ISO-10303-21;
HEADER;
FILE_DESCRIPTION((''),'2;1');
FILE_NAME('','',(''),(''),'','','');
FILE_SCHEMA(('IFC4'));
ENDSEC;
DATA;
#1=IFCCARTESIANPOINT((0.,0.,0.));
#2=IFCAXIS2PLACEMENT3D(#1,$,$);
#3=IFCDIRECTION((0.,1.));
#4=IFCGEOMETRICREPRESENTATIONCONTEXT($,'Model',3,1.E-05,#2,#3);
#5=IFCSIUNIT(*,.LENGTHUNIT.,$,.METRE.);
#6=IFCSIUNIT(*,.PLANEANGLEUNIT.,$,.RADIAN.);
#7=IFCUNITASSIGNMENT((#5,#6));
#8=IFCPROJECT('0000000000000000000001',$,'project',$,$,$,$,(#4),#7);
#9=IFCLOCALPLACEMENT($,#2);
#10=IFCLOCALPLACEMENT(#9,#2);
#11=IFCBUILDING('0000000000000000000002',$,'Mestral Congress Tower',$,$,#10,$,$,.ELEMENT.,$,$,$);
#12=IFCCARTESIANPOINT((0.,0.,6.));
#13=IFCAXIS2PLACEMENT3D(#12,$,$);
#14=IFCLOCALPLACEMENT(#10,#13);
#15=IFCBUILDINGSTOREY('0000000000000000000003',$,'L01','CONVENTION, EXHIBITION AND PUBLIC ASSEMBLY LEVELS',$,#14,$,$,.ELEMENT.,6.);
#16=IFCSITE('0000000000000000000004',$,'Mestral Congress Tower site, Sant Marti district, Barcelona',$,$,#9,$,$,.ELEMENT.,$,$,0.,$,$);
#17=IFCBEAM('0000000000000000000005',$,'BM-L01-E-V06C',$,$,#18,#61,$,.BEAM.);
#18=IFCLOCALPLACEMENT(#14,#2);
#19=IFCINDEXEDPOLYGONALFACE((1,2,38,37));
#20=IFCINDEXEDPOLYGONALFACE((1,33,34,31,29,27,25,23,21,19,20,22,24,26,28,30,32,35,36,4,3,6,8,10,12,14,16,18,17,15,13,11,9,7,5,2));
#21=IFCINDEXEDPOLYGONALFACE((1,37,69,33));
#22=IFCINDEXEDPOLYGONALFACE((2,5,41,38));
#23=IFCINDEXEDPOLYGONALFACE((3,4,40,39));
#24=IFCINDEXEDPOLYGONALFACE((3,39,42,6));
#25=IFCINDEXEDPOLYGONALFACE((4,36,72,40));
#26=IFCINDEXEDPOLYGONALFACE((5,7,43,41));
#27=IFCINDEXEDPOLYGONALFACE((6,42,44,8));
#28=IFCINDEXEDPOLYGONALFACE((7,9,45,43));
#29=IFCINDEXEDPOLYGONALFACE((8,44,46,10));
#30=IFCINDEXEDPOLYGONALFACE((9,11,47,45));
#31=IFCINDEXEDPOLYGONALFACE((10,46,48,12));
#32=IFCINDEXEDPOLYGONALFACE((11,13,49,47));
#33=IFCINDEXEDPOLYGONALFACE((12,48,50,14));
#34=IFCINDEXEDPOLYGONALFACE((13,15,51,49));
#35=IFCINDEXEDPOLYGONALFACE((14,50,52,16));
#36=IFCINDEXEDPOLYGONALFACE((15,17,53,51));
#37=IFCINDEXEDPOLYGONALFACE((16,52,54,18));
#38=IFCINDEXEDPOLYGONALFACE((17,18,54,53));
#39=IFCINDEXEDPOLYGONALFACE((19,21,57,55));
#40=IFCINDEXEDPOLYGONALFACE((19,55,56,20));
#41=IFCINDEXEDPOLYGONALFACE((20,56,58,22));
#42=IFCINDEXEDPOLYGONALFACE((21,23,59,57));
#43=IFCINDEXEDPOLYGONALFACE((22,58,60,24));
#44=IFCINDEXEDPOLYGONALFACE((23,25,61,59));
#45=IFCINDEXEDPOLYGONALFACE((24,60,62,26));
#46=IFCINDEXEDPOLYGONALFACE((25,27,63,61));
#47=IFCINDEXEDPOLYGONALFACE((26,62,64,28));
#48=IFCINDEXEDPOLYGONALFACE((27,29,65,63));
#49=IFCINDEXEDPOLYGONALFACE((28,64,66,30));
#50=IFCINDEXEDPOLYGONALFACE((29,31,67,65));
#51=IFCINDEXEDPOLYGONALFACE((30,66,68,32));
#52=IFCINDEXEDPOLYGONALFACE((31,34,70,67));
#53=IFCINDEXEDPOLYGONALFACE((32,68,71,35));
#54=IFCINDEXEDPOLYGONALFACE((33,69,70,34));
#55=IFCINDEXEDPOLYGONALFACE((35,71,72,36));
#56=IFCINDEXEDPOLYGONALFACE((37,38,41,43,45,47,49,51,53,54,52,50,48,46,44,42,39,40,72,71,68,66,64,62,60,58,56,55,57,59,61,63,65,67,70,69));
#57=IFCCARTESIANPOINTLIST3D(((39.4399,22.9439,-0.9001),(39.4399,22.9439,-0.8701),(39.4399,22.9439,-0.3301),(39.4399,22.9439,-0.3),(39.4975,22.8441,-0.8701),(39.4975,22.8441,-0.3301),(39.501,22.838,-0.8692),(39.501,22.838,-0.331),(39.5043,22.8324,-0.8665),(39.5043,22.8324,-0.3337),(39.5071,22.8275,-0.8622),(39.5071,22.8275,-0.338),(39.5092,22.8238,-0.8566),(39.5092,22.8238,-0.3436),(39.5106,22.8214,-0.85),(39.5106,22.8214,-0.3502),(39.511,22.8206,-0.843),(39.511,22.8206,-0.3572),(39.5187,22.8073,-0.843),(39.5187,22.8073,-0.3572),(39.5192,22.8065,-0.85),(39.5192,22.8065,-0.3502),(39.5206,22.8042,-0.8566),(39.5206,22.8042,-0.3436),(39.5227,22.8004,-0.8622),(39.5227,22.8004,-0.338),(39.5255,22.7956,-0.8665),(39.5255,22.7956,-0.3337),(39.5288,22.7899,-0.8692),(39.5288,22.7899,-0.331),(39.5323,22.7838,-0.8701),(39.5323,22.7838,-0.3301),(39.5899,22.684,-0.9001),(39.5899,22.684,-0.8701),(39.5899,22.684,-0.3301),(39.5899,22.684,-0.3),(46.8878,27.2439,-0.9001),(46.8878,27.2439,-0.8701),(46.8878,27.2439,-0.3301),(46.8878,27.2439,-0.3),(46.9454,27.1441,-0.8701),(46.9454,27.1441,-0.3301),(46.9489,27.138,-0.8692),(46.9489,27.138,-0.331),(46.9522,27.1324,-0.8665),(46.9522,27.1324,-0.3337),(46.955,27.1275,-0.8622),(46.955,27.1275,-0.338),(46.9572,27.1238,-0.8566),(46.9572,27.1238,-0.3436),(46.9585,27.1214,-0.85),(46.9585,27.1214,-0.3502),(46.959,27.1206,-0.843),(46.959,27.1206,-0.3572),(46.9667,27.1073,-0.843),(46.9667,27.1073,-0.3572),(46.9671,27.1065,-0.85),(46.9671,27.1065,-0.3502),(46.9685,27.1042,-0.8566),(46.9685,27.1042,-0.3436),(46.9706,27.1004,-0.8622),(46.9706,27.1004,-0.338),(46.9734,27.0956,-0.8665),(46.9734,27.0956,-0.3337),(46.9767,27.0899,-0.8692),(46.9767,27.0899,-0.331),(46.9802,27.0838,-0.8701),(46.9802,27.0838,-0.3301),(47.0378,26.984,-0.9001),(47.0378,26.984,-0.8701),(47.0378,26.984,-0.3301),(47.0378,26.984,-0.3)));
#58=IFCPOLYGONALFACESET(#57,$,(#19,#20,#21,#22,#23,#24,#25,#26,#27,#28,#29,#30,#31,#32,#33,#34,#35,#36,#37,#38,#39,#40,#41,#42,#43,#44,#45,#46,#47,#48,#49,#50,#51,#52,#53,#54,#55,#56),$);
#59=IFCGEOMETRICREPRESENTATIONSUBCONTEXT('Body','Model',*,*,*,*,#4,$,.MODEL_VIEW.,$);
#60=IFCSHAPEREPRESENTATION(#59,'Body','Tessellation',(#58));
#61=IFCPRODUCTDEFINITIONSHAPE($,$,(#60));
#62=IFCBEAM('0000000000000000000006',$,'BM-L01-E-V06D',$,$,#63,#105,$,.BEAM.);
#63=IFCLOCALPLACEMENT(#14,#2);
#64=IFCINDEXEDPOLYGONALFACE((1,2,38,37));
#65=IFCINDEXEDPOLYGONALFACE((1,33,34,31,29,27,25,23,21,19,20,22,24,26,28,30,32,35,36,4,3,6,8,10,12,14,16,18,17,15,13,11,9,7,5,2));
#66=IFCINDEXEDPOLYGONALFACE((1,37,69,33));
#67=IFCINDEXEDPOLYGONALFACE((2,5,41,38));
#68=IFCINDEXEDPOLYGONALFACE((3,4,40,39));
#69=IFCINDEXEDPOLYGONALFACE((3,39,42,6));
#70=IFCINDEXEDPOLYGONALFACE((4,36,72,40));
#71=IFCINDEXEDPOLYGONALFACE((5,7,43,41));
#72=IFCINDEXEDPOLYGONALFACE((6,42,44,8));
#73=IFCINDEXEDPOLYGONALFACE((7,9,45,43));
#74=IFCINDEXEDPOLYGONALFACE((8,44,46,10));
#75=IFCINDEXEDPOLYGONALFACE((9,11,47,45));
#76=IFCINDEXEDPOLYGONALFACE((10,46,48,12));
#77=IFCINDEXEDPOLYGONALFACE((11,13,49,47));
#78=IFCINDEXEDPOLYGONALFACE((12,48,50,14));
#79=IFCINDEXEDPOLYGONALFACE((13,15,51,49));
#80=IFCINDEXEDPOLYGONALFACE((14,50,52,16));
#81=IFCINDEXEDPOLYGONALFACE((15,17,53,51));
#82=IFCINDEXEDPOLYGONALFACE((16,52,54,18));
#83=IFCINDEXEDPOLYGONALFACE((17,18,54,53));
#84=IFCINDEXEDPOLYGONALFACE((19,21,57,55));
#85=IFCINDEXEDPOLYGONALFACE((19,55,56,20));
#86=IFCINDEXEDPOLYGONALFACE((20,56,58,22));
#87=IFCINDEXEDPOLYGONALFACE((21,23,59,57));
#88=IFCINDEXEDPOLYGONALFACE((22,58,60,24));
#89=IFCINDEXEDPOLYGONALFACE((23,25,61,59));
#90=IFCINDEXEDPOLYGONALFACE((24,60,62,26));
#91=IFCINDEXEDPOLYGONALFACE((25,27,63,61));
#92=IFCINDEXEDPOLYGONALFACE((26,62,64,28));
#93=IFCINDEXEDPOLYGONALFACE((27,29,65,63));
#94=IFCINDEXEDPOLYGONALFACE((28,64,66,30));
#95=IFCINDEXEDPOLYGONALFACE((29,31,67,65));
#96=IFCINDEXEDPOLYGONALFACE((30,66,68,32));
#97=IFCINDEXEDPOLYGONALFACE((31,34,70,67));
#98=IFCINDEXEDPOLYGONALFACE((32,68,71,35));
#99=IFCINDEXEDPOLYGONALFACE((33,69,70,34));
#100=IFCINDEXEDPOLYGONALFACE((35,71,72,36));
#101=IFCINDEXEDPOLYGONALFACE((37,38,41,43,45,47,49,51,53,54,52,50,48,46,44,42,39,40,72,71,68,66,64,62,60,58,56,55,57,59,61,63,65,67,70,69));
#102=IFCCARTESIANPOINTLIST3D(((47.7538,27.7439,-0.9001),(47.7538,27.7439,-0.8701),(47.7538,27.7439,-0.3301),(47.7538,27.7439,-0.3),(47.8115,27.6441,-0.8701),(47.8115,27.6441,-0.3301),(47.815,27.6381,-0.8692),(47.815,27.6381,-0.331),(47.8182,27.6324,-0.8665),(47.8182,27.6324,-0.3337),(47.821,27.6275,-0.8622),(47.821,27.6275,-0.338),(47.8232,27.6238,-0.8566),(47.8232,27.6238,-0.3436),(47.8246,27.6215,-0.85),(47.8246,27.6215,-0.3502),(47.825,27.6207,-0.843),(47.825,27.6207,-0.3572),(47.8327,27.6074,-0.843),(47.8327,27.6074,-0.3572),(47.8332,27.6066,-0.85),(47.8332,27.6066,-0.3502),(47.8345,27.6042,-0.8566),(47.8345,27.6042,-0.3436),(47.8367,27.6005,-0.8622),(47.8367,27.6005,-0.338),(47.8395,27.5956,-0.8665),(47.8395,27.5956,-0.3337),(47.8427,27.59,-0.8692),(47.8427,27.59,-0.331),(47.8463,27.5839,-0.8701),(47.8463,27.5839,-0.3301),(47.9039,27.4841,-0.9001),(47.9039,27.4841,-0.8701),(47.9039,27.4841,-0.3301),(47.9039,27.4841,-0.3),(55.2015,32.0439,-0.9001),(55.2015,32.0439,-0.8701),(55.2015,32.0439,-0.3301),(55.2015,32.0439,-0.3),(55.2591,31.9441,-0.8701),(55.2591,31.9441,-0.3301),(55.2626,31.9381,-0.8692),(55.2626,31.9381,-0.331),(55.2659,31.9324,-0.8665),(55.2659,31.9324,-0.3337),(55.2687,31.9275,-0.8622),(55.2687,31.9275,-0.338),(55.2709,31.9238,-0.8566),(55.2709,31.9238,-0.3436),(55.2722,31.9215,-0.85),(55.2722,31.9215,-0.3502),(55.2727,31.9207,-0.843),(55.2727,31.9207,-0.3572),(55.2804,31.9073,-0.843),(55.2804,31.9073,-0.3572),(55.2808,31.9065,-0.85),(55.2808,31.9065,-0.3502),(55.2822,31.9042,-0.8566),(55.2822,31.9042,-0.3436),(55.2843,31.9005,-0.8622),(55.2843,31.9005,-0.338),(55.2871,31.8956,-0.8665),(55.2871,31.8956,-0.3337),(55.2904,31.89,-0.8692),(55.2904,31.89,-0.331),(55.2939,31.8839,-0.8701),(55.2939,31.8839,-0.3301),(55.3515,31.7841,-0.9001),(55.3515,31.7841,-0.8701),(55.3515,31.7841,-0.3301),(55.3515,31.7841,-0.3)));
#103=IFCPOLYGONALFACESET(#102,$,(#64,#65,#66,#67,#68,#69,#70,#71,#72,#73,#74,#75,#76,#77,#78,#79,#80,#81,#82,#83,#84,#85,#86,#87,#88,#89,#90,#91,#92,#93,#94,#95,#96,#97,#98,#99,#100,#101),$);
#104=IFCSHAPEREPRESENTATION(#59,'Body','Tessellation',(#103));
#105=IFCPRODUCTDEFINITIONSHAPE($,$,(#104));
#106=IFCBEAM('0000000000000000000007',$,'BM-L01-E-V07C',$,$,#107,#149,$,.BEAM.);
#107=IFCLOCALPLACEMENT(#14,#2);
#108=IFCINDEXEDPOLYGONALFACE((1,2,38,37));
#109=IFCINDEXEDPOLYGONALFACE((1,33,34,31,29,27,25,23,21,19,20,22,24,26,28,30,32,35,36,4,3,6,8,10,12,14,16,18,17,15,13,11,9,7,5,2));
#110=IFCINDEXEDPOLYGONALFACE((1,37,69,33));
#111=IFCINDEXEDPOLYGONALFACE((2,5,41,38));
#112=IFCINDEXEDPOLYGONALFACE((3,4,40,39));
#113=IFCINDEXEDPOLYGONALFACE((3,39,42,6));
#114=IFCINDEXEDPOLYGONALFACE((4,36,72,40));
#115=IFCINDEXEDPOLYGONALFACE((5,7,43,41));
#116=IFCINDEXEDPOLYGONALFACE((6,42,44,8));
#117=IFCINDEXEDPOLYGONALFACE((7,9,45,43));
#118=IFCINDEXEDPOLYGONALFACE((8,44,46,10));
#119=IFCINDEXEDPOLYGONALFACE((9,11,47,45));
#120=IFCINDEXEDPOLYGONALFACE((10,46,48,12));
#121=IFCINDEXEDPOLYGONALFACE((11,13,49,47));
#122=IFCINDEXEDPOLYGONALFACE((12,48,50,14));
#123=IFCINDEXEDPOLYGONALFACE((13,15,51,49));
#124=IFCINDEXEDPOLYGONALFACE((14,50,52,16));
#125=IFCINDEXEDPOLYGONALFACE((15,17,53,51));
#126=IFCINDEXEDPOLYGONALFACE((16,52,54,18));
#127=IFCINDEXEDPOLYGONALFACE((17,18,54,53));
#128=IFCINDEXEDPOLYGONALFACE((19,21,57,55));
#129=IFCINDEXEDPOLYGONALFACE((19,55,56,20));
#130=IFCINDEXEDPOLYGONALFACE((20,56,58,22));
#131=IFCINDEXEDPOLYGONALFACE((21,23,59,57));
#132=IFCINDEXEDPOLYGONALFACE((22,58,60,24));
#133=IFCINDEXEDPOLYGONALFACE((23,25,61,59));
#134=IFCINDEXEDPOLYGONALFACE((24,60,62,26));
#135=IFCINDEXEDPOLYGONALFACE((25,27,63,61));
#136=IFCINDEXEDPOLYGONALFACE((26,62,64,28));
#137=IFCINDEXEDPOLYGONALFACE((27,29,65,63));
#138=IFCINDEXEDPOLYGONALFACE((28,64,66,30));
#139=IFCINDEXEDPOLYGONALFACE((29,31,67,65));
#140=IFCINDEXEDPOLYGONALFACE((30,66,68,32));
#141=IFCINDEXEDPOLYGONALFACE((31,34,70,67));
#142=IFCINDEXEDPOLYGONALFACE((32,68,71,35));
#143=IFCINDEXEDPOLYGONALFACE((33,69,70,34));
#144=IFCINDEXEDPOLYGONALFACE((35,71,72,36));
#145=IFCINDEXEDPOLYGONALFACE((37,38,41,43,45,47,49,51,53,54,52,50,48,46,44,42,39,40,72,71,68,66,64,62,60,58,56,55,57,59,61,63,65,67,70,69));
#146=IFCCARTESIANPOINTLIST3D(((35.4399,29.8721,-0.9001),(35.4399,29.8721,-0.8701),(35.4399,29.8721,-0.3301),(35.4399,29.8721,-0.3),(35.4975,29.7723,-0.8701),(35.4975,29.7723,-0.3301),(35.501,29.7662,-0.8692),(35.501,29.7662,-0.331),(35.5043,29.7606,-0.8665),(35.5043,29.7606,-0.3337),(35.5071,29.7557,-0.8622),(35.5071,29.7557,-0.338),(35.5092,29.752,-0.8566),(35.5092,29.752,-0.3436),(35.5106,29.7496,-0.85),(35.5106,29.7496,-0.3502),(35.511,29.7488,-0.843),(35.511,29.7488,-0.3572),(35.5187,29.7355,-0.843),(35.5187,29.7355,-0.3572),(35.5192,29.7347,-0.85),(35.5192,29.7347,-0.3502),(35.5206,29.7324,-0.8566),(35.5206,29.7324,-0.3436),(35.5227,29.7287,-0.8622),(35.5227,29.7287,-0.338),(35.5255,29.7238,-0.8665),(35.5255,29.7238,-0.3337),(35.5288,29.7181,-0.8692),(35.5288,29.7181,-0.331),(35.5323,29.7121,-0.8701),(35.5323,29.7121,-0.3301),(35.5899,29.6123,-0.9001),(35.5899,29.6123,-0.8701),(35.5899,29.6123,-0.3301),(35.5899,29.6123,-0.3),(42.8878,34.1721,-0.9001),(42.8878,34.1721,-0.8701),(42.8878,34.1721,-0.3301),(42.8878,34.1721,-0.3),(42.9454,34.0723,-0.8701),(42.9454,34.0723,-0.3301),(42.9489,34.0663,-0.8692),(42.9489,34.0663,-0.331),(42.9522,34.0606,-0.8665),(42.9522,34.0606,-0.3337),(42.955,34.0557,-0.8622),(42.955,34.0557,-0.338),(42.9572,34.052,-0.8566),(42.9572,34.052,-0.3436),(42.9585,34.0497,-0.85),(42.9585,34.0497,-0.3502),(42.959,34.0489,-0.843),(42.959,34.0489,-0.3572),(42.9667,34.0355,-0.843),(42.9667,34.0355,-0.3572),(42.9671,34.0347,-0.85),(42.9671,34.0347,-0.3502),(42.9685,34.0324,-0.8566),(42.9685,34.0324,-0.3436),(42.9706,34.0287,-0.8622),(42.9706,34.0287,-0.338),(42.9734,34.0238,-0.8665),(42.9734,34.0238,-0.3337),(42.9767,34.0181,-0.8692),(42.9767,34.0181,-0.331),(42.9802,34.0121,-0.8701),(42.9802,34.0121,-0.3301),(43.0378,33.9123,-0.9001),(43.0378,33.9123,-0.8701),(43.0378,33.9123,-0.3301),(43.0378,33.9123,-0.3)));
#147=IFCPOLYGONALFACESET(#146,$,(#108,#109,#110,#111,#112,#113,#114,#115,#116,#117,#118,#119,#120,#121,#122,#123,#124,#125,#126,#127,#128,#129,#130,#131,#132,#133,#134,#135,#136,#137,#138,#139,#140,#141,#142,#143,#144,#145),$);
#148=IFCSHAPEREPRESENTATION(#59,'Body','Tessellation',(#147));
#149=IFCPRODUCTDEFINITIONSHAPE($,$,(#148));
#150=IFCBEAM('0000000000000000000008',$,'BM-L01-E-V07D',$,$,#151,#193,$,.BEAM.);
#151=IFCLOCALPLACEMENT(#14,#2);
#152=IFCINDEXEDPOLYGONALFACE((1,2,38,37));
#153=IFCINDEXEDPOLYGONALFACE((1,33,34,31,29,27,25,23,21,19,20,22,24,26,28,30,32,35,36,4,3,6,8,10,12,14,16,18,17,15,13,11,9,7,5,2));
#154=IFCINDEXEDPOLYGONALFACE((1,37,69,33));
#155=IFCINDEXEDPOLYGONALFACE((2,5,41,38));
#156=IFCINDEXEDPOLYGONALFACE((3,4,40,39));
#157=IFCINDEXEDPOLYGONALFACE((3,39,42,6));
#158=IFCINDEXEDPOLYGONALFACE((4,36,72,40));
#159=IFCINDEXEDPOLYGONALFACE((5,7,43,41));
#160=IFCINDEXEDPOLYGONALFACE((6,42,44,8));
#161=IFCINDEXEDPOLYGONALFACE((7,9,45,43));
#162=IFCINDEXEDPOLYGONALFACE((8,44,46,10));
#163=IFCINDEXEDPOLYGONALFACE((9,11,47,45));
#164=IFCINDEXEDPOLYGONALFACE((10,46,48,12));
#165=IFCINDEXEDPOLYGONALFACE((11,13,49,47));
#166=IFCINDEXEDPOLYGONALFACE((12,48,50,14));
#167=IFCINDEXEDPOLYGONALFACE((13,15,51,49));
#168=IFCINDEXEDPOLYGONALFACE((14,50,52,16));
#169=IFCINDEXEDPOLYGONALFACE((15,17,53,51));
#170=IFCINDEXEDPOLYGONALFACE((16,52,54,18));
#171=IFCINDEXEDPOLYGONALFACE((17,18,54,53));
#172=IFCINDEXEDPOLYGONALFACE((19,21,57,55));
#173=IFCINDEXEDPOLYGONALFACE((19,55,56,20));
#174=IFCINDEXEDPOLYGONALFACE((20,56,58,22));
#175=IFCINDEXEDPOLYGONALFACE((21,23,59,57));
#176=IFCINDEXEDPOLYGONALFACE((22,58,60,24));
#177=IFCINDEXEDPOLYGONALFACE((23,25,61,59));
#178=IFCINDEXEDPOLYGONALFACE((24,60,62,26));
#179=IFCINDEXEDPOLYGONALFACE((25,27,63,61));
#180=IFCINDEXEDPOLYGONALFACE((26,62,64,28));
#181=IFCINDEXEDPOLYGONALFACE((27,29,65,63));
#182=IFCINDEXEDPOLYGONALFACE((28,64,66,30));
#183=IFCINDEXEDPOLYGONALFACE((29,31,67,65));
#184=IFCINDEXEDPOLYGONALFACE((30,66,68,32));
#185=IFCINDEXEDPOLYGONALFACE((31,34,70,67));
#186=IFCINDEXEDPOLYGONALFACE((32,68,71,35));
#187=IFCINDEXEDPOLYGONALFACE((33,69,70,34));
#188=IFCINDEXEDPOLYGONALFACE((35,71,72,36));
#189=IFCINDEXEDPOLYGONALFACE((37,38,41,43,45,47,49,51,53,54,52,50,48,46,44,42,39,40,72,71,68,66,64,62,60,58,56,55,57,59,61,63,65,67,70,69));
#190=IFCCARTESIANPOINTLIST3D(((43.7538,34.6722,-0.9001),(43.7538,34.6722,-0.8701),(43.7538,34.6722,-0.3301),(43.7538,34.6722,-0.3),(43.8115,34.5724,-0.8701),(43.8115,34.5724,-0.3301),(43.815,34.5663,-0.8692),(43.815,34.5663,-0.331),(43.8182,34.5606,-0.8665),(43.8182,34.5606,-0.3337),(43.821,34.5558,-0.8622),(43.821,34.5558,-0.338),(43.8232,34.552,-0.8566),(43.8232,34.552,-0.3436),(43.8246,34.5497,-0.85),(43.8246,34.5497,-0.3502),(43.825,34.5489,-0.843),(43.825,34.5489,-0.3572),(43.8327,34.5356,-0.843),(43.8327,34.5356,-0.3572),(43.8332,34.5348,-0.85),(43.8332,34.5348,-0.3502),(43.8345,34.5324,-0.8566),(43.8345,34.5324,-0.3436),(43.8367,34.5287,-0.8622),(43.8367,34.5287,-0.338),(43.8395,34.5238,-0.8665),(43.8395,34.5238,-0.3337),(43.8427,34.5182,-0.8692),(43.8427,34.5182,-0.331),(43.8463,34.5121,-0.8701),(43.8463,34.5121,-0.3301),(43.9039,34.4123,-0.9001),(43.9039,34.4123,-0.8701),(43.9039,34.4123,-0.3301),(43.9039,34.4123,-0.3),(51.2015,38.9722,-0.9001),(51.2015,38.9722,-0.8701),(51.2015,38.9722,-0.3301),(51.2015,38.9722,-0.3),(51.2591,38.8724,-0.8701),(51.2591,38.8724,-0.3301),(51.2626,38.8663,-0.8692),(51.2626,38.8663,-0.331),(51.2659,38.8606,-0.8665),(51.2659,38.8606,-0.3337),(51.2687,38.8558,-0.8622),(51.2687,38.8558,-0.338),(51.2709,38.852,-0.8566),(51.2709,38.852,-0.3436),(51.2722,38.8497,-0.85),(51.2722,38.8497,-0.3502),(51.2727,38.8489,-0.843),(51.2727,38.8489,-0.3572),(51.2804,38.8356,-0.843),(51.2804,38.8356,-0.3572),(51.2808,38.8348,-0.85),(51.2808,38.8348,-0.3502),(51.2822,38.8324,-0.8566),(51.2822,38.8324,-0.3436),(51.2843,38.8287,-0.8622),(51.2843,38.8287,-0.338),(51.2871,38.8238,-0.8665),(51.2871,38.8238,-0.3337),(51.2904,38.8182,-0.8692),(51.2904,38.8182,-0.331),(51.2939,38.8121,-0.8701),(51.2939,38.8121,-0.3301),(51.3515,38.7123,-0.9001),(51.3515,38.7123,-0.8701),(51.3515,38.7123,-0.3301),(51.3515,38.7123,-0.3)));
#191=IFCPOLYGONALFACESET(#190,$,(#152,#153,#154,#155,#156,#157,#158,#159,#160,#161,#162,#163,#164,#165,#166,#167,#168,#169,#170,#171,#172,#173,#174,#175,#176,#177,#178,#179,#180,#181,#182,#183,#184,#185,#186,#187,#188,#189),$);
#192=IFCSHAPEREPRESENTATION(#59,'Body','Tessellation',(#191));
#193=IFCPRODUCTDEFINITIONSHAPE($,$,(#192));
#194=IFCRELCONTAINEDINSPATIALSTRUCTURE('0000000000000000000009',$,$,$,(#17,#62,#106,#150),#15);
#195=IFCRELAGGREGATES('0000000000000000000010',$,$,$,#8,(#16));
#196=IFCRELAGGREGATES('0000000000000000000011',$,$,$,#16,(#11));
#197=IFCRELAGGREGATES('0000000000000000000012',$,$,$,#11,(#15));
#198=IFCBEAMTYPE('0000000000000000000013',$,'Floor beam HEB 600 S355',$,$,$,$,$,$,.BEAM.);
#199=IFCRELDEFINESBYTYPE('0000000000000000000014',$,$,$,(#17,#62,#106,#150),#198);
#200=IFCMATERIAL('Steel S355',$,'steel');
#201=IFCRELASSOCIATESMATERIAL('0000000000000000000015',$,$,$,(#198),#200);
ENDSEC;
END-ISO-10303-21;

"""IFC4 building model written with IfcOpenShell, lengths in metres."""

from ifc_helpers import new_model, si_unit, direction, frame, origin, origin_2d, place, context, subcontext, project, spatial, i_section, extrude, material, material_profile, profile_set, type_object, element, save


model = new_model("IFC4")

# Units and contexts
model_context = context("Model", 3, precision=1e-05, world=origin(), true_north=direction((0.0, 1.0)))
body_context = subcontext(model_context, "Body", "Model", "MODEL_VIEW")
ifc_project = project(units=[si_unit("LENGTHUNIT", "METRE"), si_unit("PLANEANGLEUNIT", "RADIAN")], contexts=[model_context])

# Site, building, storey
site_placement = place(None, origin())
site = spatial("IfcSite", under=ifc_project, at=site_placement, Name="Mestral Congress Tower site, Sant Marti district, Barcelona", CompositionType="ELEMENT", RefElevation=0.0)
building_placement = place(site_placement, origin())
building = spatial("IfcBuilding", under=site, at=building_placement, Name="Mestral Congress Tower", CompositionType="ELEMENT")
storey_placement = place(building_placement, frame((0.0, 0.0, 6.0)))
storey = spatial("IfcBuildingStorey", under=building, at=storey_placement, Name="L01", Description="CONVENTION, EXHIBITION AND PUBLIC ASSEMBLY LEVELS", CompositionType="ELEMENT", Elevation=6.0)

# Beams
ifc_material = material(Name="Steel S355", Category="steel")
ifc_material_profile_1 = material_profile(ifc_material, i_section(OverallWidth=0.3, OverallDepth=0.6001, WebThickness=0.0154, FlangeThickness=0.03, FilletRadius=0.0271, at=origin_2d()), Name="HEB 600")
ifc_profile_set_1 = profile_set([ifc_material_profile_1], Name="Steel S355")
beam_type_1 = type_object("IfcBeamType", Name="Floor beam HEB 600 S355", PredefinedType="BEAM", material=ifc_profile_set_1)
beam_1_placement = place(storey_placement, frame((39.5149, 22.814, -0.6001), z_axis=(0.866028, 0.499995, 0.0), x_axis=(-0.499995, 0.866028, 0.0)))
element("IfcBeam", 1, at=beam_1_placement, inside=storey, type_object=beam_type_1, Name="BM-L01-E-V06C", PredefinedType="BEAM", context=body_context, shape_type="SweptSolid", body=[
    extrude(i_section(OverallWidth=0.3, OverallDepth=0.6001, WebThickness=0.0154, FlangeThickness=0.03, FilletRadius=0.0271, at=origin_2d()), origin(), (0.0, 0.0, 1.0), 8.6001),
])
beam_2_placement = place(storey_placement, frame((47.8289, 27.614, -0.6001), z_axis=(0.866021, 0.500008, 0.0), x_axis=(-0.500008, 0.866021, 0.0)))
element("IfcBeam", 2, at=beam_2_placement, inside=storey, type_object=beam_type_1, Name="BM-L01-E-V06D", PredefinedType="BEAM", context=body_context, shape_type="SweptSolid", body=[
    extrude(i_section(OverallWidth=0.3, OverallDepth=0.6001, WebThickness=0.0154, FlangeThickness=0.03, FilletRadius=0.0271, at=origin_2d()), origin(), (0.0, 0.0, 1.0), 8.5999),
])
beam_3_placement = place(storey_placement, frame((35.5149, 29.7422, -0.6001), z_axis=(0.866028, 0.499995, 0.0), x_axis=(-0.499995, 0.866028, 0.0)))
element("IfcBeam", 3, at=beam_3_placement, inside=storey, type_object=beam_type_1, Name="BM-L01-E-V07C", PredefinedType="BEAM", context=body_context, shape_type="SweptSolid", body=[
    extrude(i_section(OverallWidth=0.3, OverallDepth=0.6001, WebThickness=0.0154, FlangeThickness=0.03, FilletRadius=0.0271, at=origin_2d()), origin(), (0.0, 0.0, 1.0), 8.6001),
])
beam_4_placement = place(storey_placement, frame((43.8289, 34.5422, -0.6001), z_axis=(0.866021, 0.500008, 0.0), x_axis=(-0.500008, 0.866021, 0.0)))
element("IfcBeam", 4, at=beam_4_placement, inside=storey, type_object=beam_type_1, Name="BM-L01-E-V07D", PredefinedType="BEAM", context=body_context, shape_type="SweptSolid", body=[
    extrude(i_section(OverallWidth=0.3, OverallDepth=0.6001, WebThickness=0.0154, FlangeThickness=0.03, FilletRadius=0.0271, at=origin_2d()), origin(), (0.0, 0.0, 1.0), 8.5999),
])

save(model, "model.ifc")
